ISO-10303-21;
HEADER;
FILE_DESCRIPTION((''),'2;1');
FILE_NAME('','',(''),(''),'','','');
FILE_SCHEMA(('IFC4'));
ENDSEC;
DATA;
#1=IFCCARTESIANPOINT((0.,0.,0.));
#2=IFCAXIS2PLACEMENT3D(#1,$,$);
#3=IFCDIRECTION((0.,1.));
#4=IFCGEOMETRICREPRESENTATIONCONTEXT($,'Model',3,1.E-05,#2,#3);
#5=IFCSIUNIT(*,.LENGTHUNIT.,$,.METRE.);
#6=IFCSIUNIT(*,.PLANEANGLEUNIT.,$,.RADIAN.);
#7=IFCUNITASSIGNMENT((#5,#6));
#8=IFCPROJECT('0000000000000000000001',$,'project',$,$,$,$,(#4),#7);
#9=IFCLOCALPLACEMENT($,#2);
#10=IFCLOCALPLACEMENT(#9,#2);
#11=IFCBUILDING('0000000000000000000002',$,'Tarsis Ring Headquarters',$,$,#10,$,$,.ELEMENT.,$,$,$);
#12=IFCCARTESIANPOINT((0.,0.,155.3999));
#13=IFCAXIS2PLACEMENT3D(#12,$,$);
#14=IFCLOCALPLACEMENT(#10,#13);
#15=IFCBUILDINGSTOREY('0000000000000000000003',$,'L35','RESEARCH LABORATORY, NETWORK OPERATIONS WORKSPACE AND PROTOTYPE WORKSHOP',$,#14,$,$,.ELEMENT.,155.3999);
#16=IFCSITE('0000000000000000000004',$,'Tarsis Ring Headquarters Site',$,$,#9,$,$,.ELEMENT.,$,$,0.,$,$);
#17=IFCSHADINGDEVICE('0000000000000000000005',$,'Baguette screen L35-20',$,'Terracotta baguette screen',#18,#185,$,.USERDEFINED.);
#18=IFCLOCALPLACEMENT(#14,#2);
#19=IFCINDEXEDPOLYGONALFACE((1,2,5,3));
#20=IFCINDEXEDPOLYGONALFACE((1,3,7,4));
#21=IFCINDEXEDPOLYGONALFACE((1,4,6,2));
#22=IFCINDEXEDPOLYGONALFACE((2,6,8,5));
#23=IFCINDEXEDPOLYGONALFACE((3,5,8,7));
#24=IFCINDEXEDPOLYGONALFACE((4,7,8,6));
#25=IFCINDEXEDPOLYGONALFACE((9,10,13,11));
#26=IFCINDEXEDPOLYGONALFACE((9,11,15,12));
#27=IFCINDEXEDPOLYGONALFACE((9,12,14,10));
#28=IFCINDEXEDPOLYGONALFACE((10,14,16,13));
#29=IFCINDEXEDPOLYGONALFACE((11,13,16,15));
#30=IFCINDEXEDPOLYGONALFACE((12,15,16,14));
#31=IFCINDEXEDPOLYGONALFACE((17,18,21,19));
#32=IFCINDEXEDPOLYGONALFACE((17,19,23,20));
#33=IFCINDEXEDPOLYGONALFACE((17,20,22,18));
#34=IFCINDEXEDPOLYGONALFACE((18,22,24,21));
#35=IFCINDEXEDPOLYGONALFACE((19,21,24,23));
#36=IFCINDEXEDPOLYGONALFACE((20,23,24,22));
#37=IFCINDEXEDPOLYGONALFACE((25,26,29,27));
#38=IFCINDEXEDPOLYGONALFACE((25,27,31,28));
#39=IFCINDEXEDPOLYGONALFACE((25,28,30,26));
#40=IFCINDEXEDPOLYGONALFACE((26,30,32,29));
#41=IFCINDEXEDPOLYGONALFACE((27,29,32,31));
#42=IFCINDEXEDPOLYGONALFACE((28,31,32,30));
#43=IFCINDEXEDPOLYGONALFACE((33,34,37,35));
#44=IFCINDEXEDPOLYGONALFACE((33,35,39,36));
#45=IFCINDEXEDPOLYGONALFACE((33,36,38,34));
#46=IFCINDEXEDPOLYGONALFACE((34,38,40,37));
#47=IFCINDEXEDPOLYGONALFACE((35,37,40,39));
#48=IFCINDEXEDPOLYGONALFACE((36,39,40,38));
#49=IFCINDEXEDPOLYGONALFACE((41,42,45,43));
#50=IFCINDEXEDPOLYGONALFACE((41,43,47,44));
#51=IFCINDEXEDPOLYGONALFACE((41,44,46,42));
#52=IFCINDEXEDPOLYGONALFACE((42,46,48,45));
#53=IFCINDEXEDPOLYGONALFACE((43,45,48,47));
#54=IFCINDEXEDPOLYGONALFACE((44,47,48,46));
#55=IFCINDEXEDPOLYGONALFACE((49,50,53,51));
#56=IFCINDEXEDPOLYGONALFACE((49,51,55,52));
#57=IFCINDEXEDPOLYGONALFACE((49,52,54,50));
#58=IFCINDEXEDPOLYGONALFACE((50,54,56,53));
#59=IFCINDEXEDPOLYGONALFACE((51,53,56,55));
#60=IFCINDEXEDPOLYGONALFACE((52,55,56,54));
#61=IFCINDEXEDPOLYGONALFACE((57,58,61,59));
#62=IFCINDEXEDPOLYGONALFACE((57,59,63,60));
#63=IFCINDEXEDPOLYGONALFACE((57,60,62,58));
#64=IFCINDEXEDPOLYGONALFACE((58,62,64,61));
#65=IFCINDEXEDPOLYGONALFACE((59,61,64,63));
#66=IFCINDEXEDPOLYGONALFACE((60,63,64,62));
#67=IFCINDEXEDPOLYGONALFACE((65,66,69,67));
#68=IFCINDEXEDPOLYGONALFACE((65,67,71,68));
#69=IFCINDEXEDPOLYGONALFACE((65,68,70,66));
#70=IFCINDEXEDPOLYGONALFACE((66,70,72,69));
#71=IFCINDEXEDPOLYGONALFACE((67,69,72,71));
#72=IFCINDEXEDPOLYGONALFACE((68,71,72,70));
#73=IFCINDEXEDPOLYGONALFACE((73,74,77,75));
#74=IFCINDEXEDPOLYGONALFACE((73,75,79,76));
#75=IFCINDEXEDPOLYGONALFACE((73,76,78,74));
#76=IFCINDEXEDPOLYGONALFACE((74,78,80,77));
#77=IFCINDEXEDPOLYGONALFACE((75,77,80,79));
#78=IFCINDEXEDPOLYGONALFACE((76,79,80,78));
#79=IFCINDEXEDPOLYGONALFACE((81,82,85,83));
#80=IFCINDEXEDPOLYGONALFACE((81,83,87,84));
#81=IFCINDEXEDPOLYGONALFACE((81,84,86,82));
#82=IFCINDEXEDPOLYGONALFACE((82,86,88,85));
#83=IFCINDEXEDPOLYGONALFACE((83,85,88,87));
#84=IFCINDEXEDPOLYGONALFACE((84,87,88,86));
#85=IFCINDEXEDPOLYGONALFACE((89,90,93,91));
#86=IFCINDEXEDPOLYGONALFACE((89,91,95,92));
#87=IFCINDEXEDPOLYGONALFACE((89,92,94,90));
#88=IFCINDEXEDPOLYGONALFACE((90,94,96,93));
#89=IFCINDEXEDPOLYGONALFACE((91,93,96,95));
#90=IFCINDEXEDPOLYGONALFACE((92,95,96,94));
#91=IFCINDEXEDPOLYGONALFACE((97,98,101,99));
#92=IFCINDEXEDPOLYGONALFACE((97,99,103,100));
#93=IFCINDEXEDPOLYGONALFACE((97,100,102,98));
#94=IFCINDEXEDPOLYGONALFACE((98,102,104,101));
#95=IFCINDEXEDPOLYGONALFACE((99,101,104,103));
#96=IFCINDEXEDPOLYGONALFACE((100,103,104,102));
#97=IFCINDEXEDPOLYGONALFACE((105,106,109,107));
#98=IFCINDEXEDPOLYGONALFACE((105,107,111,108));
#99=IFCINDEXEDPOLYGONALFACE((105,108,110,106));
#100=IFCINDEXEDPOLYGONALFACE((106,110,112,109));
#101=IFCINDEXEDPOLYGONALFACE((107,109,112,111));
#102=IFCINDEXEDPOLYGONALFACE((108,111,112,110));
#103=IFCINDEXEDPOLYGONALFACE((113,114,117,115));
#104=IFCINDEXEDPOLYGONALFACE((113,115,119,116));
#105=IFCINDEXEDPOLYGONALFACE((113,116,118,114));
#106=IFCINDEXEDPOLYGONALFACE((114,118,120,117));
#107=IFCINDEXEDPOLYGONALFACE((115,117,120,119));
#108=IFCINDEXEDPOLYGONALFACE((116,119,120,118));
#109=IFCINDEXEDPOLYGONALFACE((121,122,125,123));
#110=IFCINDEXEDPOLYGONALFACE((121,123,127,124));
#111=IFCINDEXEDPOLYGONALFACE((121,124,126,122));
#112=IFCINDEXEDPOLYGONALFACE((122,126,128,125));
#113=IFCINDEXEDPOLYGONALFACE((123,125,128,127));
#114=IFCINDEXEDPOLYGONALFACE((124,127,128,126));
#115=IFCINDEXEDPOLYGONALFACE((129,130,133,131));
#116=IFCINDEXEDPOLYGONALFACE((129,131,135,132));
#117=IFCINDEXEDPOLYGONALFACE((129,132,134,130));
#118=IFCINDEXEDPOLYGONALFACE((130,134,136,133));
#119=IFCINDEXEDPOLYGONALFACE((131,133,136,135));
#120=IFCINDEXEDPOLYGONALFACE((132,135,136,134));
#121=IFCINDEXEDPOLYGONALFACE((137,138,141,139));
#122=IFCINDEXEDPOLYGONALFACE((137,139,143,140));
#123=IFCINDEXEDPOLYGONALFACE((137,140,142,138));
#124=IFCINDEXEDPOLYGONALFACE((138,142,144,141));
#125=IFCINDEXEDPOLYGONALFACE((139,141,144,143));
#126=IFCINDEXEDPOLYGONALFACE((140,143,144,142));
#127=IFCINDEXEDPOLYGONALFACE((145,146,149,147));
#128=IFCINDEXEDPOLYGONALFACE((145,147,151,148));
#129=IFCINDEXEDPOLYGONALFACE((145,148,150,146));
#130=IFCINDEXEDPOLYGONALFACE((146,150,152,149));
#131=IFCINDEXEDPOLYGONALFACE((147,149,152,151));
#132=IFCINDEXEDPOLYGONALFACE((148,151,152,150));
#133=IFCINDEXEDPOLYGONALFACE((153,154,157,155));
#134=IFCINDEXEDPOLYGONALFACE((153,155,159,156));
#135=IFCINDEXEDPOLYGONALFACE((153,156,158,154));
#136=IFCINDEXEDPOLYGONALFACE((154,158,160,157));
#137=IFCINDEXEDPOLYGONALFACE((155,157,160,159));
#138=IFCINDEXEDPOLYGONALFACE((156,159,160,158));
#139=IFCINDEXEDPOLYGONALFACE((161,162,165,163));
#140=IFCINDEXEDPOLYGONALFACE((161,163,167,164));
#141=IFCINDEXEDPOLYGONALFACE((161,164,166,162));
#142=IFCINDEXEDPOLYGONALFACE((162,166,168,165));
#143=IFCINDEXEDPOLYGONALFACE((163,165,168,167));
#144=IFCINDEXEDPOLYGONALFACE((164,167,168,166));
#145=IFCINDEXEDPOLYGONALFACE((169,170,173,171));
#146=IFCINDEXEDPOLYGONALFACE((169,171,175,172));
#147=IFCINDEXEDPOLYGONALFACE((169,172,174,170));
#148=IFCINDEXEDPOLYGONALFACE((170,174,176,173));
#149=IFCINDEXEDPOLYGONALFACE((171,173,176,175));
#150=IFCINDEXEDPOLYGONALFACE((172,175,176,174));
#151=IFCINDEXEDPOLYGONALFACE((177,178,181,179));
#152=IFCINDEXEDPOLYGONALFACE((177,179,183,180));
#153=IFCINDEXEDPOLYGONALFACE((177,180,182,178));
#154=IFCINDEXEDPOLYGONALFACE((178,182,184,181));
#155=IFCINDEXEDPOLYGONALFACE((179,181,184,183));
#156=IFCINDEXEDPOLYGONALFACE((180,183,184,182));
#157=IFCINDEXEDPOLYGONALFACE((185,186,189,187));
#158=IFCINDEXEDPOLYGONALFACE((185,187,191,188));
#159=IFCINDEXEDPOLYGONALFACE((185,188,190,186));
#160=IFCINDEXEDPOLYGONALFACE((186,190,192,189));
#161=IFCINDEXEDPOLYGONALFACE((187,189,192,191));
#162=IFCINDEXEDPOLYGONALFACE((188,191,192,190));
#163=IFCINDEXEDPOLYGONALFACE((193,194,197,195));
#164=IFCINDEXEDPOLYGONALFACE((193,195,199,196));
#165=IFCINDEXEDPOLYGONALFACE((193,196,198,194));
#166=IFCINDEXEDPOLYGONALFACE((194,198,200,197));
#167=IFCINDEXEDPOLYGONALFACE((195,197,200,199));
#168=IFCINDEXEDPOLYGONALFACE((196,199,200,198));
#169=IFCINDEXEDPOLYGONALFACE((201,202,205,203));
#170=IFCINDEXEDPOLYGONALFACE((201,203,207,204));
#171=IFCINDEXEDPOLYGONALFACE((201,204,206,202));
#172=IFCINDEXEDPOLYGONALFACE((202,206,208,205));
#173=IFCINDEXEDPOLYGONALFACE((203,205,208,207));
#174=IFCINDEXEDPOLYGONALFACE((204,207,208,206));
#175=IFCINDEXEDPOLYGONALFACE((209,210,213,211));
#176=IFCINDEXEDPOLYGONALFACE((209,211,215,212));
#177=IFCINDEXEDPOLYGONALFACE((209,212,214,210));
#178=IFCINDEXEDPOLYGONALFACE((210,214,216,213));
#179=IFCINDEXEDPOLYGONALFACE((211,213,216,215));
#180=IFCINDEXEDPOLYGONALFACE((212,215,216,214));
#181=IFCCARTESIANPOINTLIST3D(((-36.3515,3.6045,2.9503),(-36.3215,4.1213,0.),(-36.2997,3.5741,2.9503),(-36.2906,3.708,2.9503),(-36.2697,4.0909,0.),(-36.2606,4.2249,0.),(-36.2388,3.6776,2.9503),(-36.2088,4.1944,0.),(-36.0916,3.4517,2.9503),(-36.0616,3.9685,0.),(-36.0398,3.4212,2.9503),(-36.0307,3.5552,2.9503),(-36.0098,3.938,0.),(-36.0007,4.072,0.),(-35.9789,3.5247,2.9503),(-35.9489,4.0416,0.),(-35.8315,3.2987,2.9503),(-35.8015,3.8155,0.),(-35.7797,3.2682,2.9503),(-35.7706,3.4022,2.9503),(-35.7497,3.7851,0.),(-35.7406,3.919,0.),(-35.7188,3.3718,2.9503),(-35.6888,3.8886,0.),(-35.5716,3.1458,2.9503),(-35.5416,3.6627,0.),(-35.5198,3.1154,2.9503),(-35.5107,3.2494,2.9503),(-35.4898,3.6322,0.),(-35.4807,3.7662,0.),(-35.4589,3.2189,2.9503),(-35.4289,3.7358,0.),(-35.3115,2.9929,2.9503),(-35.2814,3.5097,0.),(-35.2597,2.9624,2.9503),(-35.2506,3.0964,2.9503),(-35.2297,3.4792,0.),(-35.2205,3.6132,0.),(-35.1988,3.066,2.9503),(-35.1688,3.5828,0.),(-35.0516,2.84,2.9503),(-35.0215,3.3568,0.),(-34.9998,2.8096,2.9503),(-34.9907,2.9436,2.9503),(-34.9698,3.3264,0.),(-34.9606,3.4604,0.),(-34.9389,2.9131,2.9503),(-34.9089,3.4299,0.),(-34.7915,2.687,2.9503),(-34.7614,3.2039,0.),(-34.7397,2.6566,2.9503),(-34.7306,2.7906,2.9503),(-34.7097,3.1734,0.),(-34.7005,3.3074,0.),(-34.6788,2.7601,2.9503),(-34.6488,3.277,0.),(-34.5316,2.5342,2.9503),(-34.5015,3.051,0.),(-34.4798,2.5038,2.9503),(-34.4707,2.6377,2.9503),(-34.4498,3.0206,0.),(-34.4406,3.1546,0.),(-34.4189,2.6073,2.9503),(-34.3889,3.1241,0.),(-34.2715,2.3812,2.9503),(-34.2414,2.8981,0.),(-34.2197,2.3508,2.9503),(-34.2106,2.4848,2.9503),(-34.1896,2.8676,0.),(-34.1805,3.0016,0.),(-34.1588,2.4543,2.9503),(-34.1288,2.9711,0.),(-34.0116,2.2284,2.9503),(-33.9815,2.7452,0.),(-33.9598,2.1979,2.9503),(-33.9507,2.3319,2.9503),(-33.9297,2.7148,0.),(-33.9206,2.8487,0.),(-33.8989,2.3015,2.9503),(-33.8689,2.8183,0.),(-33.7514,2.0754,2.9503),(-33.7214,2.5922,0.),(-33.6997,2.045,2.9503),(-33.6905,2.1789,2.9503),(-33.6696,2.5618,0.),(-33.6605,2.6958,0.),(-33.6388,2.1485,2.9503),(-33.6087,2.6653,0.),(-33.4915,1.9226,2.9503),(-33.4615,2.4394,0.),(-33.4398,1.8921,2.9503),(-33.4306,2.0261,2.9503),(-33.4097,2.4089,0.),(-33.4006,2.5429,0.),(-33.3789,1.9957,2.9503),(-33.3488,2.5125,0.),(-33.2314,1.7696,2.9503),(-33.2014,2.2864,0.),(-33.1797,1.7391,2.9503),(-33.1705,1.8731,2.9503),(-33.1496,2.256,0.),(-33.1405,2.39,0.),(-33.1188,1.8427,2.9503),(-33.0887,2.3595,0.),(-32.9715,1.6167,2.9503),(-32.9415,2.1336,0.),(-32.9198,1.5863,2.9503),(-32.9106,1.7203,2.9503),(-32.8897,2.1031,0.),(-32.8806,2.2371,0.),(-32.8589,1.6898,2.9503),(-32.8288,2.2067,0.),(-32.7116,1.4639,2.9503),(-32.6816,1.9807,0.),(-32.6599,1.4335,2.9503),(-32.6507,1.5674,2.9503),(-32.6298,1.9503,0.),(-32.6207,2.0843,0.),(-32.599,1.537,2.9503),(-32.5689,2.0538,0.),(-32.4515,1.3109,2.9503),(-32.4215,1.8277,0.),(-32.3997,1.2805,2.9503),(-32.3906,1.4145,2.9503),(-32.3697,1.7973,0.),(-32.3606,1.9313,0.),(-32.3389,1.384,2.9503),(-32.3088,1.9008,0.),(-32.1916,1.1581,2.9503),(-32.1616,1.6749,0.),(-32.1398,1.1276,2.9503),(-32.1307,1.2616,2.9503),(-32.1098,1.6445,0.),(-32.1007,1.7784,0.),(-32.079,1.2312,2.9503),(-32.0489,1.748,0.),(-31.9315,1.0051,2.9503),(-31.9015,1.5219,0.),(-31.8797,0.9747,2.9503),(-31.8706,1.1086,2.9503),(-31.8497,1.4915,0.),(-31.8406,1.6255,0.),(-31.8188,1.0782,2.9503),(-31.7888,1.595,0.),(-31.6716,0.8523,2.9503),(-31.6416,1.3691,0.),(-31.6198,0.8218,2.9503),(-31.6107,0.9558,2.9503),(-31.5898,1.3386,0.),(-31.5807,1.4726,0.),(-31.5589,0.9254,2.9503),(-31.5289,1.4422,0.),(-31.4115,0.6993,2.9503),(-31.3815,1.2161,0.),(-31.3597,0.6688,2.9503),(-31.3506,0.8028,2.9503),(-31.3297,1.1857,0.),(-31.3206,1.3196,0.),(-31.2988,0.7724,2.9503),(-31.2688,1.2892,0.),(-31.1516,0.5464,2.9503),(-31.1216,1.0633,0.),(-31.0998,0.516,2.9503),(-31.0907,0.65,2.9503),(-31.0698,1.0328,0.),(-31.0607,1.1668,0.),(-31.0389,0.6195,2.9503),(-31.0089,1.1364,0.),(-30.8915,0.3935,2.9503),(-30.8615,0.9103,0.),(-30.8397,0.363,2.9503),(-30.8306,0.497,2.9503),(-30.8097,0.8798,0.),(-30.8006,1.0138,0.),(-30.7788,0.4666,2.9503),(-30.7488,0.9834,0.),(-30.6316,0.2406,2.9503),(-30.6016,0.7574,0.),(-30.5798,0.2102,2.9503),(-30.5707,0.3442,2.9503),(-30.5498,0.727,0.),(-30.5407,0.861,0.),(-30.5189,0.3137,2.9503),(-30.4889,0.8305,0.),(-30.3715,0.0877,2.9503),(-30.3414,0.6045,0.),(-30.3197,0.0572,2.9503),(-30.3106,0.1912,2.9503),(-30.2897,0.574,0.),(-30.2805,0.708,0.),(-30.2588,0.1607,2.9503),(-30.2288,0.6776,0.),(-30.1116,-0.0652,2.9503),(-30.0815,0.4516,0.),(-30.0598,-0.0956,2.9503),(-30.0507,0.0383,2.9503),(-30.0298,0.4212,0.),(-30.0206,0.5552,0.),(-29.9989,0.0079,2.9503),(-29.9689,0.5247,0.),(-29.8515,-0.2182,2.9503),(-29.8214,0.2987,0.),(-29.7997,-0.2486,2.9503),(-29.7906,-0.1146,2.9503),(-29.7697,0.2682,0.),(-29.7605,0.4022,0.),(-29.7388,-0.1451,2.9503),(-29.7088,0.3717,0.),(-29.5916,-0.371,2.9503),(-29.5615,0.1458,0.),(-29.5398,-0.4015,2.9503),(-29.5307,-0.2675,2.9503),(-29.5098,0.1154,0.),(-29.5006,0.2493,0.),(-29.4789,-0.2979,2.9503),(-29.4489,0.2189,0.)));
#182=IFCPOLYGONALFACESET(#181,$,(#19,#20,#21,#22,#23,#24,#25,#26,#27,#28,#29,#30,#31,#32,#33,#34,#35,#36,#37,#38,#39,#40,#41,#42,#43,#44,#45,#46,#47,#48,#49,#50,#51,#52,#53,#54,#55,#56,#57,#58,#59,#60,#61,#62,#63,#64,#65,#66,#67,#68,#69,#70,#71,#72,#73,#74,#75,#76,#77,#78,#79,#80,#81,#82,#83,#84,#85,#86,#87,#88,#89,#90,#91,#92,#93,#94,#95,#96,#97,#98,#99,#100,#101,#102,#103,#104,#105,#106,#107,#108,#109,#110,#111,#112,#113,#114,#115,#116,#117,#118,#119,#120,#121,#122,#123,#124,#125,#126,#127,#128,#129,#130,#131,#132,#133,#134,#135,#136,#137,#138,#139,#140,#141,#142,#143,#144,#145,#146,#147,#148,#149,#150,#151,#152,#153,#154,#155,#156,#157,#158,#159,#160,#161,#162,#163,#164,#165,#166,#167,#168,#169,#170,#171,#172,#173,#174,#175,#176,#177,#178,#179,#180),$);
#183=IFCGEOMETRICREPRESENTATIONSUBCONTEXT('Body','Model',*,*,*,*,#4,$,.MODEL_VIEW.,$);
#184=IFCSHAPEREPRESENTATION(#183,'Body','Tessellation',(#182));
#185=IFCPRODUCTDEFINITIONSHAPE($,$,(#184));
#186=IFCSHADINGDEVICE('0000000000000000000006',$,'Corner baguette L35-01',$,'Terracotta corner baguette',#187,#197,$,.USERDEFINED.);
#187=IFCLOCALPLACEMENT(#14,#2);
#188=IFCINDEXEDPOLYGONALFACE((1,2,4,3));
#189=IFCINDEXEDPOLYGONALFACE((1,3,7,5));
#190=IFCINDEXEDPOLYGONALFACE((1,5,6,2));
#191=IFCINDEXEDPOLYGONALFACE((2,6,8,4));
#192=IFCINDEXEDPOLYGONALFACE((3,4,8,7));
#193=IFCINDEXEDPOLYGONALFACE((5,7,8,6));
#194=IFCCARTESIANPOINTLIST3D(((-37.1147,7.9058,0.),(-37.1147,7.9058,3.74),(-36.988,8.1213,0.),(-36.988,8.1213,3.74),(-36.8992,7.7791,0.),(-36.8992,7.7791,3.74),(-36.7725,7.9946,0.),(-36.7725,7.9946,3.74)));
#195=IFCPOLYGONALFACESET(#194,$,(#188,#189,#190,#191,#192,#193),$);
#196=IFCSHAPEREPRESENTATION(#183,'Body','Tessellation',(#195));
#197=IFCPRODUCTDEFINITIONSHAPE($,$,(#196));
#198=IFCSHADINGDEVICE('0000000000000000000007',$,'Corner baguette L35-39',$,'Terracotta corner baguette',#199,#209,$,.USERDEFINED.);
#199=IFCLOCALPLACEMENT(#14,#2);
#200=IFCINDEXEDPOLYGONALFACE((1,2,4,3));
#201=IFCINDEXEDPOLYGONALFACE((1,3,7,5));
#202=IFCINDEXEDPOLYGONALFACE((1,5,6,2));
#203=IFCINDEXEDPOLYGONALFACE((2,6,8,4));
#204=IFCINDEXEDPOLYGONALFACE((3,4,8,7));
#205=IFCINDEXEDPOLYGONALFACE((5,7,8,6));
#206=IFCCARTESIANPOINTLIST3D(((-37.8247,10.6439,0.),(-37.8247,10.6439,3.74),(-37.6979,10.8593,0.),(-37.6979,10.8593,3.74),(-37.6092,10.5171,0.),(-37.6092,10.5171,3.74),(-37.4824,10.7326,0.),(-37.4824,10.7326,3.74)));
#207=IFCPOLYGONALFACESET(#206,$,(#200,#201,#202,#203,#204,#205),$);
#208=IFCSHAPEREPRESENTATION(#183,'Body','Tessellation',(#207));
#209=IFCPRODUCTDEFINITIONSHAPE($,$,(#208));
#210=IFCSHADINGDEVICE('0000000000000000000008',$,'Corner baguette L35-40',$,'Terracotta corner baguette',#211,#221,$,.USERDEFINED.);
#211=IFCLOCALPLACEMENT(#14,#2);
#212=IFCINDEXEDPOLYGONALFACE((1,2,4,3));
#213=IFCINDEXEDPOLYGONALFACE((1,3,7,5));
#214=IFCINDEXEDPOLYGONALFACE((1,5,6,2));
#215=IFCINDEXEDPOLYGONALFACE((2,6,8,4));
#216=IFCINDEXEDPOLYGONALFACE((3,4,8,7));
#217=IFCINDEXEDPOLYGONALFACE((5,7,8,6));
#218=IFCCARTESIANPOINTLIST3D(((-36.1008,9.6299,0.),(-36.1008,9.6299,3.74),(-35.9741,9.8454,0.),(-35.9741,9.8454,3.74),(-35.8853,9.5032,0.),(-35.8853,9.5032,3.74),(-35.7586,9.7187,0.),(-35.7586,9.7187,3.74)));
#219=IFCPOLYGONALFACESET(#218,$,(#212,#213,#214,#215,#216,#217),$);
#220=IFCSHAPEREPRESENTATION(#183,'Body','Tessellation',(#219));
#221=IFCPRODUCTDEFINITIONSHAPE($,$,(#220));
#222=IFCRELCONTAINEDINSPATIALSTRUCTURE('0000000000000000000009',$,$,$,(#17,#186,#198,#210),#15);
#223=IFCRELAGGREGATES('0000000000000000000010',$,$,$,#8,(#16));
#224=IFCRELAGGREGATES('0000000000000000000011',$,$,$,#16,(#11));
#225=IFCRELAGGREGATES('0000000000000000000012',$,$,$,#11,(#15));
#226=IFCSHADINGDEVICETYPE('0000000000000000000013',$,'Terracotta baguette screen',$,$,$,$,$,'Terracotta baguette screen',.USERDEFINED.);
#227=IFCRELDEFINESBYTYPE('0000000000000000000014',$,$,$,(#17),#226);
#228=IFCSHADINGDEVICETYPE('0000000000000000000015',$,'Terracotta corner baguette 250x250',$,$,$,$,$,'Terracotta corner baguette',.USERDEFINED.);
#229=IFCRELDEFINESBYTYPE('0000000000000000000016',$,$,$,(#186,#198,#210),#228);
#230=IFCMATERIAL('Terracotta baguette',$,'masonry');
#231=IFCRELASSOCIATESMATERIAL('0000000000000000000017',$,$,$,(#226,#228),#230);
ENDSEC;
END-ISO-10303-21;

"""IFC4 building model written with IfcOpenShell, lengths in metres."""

from ifc_helpers import new_model, si_unit, direction, frame, frame_2d, origin, origin_2d, place, context, subcontext, project, spatial, rectangle, composite_profile, extrude, material, type_object, element, save


model = new_model("IFC4")

# Units and contexts
model_context = context("Model", 3, precision=1e-05, world=origin(), true_north=direction((0.0, 1.0)))
body_context = subcontext(model_context, "Body", "Model", "MODEL_VIEW")
ifc_project = project(units=[si_unit("LENGTHUNIT", "METRE"), si_unit("PLANEANGLEUNIT", "RADIAN")], contexts=[model_context])

# Site, building, storey
site_placement = place(None, origin())
site = spatial("IfcSite", under=ifc_project, at=site_placement, Name="Tarsis Ring Headquarters Site", CompositionType="ELEMENT", RefElevation=0.0)
building_placement = place(site_placement, origin())
building = spatial("IfcBuilding", under=site, at=building_placement, Name="Tarsis Ring Headquarters", CompositionType="ELEMENT")
storey_placement = place(building_placement, frame((0.0, 0.0, 155.3999)))
storey = spatial("IfcBuildingStorey", under=building, at=storey_placement, Name="L35", Description="RESEARCH LABORATORY, NETWORK OPERATIONS WORKSPACE AND PROTOTYPE WORKSHOP", CompositionType="ELEMENT", Elevation=155.3999)

# Shading devices
ifc_material_1 = material(Name="Terracotta baguette", Category="masonry")
shading_device_type_1 = type_object("IfcShadingDeviceType", Name="Terracotta baguette screen", ElementType="Terracotta baguette screen", PredefinedType="USERDEFINED", material=ifc_material_1)
shading_device_1_placement = place(storey_placement, frame((-36.291, 4.1731, 0.0), z_axis=(0.0, 0.0, 1.0), x_axis=(0.861989, -0.506936, 0.0)))
element("IfcShadingDevice", 1, at=shading_device_1_placement, inside=storey, type_object=shading_device_type_1, Name="Baguette screen L35-20", ObjectType="Terracotta baguette screen", PredefinedType="USERDEFINED", context=body_context, shape_type="SweptSolid", body=[
    extrude(composite_profile([rectangle(XDim=0.0601, YDim=0.1201, at=frame_2d((0.03, 0.0))), rectangle(XDim=0.0601, YDim=0.1201, at=frame_2d((0.3315, 0.0))), rectangle(XDim=0.0601, YDim=0.1201, at=frame_2d((0.6333, 0.0))), rectangle(XDim=0.0601, YDim=0.1201, at=frame_2d((0.9348, 0.0))), rectangle(XDim=0.0601, YDim=0.1201, at=frame_2d((1.2366, 0.0))), rectangle(XDim=0.0601, YDim=0.1201, at=frame_2d((1.5381, 0.0))), rectangle(XDim=0.0601, YDim=0.1201, at=frame_2d((1.8398, 0.0))), rectangle(XDim=0.0601, YDim=0.1201, at=frame_2d((2.1414, 0.0))), rectangle(XDim=0.0601, YDim=0.1201, at=frame_2d((2.4431, 0.0))), rectangle(XDim=0.0601, YDim=0.1201, at=frame_2d((2.7446, 0.0))), rectangle(XDim=0.0601, YDim=0.1201, at=frame_2d((3.0464, 0.0))), rectangle(XDim=0.0601, YDim=0.1201, at=frame_2d((3.3479, 0.0))), rectangle(XDim=0.0601, YDim=0.1201, at=frame_2d((3.6497, 0.0))), rectangle(XDim=0.0601, YDim=0.1201, at=frame_2d((3.9512, 0.0))), rectangle(XDim=0.0601, YDim=0.1201, at=frame_2d((4.2527, 0.0))), rectangle(XDim=0.0601, YDim=0.1201, at=frame_2d((4.5544, 0.0))), rectangle(XDim=0.0601, YDim=0.1201, at=frame_2d((4.856, 0.0))), rectangle(XDim=0.0601, YDim=0.1201, at=frame_2d((5.1577, 0.0))), rectangle(XDim=0.0601, YDim=0.1201, at=frame_2d((5.4592, 0.0))), rectangle(XDim=0.0601, YDim=0.1201, at=frame_2d((5.761, 0.0))), rectangle(XDim=0.0601, YDim=0.1201, at=frame_2d((6.0625, 0.0))), rectangle(XDim=0.0601, YDim=0.1201, at=frame_2d((6.3643, 0.0))), rectangle(XDim=0.0601, YDim=0.1201, at=frame_2d((6.6658, 0.0))), rectangle(XDim=0.0601, YDim=0.1201, at=frame_2d((6.9675, 0.0))), rectangle(XDim=0.0601, YDim=0.1201, at=frame_2d((7.269, 0.0))), rectangle(XDim=0.0601, YDim=0.1201, at=frame_2d((7.5708, 0.0))), rectangle(XDim=0.0601, YDim=0.1201, at=frame_2d((7.8723, 0.0)))]), origin(), (0.078824, -0.153811, 0.984951), 2.9954),
])
shading_device_type_2 = type_object("IfcShadingDeviceType", Name="Terracotta corner baguette 250x250", ElementType="Terracotta corner baguette", PredefinedType="USERDEFINED", material=ifc_material_1)
for number, where, z_axis, x_axis, name in (
    (2, (-36.9436, 7.9502, 0.0), (0.0, 0.0, 1.0), (-0.506937, -0.861983, 0.0), "Corner baguette L35-01"),
    (3, (-37.6536, 10.6882, 0.0), (0.0, 0.0, 1.0), (-0.506937, -0.861983, 0.0), "Corner baguette L35-39"),
    (4, (-35.9297, 9.6743, 0.0), (0.0, 0.0, 1.0), (0.861983, -0.506937, 0.0), "Corner baguette L35-40"),
):
    element("IfcShadingDevice", number, at=place(storey_placement, frame(where, z_axis=z_axis, x_axis=x_axis)), inside=storey, type_object=shading_device_type_2, Name=name, ObjectType="Terracotta corner baguette", PredefinedType="USERDEFINED", context=body_context, shape_type="SweptSolid", body=[
        extrude(rectangle(XDim=0.25, YDim=0.25, at=origin_2d()), origin(), (0.0, 0.0, 1.0), 3.74),
    ])

save(model, "model.ifc")
